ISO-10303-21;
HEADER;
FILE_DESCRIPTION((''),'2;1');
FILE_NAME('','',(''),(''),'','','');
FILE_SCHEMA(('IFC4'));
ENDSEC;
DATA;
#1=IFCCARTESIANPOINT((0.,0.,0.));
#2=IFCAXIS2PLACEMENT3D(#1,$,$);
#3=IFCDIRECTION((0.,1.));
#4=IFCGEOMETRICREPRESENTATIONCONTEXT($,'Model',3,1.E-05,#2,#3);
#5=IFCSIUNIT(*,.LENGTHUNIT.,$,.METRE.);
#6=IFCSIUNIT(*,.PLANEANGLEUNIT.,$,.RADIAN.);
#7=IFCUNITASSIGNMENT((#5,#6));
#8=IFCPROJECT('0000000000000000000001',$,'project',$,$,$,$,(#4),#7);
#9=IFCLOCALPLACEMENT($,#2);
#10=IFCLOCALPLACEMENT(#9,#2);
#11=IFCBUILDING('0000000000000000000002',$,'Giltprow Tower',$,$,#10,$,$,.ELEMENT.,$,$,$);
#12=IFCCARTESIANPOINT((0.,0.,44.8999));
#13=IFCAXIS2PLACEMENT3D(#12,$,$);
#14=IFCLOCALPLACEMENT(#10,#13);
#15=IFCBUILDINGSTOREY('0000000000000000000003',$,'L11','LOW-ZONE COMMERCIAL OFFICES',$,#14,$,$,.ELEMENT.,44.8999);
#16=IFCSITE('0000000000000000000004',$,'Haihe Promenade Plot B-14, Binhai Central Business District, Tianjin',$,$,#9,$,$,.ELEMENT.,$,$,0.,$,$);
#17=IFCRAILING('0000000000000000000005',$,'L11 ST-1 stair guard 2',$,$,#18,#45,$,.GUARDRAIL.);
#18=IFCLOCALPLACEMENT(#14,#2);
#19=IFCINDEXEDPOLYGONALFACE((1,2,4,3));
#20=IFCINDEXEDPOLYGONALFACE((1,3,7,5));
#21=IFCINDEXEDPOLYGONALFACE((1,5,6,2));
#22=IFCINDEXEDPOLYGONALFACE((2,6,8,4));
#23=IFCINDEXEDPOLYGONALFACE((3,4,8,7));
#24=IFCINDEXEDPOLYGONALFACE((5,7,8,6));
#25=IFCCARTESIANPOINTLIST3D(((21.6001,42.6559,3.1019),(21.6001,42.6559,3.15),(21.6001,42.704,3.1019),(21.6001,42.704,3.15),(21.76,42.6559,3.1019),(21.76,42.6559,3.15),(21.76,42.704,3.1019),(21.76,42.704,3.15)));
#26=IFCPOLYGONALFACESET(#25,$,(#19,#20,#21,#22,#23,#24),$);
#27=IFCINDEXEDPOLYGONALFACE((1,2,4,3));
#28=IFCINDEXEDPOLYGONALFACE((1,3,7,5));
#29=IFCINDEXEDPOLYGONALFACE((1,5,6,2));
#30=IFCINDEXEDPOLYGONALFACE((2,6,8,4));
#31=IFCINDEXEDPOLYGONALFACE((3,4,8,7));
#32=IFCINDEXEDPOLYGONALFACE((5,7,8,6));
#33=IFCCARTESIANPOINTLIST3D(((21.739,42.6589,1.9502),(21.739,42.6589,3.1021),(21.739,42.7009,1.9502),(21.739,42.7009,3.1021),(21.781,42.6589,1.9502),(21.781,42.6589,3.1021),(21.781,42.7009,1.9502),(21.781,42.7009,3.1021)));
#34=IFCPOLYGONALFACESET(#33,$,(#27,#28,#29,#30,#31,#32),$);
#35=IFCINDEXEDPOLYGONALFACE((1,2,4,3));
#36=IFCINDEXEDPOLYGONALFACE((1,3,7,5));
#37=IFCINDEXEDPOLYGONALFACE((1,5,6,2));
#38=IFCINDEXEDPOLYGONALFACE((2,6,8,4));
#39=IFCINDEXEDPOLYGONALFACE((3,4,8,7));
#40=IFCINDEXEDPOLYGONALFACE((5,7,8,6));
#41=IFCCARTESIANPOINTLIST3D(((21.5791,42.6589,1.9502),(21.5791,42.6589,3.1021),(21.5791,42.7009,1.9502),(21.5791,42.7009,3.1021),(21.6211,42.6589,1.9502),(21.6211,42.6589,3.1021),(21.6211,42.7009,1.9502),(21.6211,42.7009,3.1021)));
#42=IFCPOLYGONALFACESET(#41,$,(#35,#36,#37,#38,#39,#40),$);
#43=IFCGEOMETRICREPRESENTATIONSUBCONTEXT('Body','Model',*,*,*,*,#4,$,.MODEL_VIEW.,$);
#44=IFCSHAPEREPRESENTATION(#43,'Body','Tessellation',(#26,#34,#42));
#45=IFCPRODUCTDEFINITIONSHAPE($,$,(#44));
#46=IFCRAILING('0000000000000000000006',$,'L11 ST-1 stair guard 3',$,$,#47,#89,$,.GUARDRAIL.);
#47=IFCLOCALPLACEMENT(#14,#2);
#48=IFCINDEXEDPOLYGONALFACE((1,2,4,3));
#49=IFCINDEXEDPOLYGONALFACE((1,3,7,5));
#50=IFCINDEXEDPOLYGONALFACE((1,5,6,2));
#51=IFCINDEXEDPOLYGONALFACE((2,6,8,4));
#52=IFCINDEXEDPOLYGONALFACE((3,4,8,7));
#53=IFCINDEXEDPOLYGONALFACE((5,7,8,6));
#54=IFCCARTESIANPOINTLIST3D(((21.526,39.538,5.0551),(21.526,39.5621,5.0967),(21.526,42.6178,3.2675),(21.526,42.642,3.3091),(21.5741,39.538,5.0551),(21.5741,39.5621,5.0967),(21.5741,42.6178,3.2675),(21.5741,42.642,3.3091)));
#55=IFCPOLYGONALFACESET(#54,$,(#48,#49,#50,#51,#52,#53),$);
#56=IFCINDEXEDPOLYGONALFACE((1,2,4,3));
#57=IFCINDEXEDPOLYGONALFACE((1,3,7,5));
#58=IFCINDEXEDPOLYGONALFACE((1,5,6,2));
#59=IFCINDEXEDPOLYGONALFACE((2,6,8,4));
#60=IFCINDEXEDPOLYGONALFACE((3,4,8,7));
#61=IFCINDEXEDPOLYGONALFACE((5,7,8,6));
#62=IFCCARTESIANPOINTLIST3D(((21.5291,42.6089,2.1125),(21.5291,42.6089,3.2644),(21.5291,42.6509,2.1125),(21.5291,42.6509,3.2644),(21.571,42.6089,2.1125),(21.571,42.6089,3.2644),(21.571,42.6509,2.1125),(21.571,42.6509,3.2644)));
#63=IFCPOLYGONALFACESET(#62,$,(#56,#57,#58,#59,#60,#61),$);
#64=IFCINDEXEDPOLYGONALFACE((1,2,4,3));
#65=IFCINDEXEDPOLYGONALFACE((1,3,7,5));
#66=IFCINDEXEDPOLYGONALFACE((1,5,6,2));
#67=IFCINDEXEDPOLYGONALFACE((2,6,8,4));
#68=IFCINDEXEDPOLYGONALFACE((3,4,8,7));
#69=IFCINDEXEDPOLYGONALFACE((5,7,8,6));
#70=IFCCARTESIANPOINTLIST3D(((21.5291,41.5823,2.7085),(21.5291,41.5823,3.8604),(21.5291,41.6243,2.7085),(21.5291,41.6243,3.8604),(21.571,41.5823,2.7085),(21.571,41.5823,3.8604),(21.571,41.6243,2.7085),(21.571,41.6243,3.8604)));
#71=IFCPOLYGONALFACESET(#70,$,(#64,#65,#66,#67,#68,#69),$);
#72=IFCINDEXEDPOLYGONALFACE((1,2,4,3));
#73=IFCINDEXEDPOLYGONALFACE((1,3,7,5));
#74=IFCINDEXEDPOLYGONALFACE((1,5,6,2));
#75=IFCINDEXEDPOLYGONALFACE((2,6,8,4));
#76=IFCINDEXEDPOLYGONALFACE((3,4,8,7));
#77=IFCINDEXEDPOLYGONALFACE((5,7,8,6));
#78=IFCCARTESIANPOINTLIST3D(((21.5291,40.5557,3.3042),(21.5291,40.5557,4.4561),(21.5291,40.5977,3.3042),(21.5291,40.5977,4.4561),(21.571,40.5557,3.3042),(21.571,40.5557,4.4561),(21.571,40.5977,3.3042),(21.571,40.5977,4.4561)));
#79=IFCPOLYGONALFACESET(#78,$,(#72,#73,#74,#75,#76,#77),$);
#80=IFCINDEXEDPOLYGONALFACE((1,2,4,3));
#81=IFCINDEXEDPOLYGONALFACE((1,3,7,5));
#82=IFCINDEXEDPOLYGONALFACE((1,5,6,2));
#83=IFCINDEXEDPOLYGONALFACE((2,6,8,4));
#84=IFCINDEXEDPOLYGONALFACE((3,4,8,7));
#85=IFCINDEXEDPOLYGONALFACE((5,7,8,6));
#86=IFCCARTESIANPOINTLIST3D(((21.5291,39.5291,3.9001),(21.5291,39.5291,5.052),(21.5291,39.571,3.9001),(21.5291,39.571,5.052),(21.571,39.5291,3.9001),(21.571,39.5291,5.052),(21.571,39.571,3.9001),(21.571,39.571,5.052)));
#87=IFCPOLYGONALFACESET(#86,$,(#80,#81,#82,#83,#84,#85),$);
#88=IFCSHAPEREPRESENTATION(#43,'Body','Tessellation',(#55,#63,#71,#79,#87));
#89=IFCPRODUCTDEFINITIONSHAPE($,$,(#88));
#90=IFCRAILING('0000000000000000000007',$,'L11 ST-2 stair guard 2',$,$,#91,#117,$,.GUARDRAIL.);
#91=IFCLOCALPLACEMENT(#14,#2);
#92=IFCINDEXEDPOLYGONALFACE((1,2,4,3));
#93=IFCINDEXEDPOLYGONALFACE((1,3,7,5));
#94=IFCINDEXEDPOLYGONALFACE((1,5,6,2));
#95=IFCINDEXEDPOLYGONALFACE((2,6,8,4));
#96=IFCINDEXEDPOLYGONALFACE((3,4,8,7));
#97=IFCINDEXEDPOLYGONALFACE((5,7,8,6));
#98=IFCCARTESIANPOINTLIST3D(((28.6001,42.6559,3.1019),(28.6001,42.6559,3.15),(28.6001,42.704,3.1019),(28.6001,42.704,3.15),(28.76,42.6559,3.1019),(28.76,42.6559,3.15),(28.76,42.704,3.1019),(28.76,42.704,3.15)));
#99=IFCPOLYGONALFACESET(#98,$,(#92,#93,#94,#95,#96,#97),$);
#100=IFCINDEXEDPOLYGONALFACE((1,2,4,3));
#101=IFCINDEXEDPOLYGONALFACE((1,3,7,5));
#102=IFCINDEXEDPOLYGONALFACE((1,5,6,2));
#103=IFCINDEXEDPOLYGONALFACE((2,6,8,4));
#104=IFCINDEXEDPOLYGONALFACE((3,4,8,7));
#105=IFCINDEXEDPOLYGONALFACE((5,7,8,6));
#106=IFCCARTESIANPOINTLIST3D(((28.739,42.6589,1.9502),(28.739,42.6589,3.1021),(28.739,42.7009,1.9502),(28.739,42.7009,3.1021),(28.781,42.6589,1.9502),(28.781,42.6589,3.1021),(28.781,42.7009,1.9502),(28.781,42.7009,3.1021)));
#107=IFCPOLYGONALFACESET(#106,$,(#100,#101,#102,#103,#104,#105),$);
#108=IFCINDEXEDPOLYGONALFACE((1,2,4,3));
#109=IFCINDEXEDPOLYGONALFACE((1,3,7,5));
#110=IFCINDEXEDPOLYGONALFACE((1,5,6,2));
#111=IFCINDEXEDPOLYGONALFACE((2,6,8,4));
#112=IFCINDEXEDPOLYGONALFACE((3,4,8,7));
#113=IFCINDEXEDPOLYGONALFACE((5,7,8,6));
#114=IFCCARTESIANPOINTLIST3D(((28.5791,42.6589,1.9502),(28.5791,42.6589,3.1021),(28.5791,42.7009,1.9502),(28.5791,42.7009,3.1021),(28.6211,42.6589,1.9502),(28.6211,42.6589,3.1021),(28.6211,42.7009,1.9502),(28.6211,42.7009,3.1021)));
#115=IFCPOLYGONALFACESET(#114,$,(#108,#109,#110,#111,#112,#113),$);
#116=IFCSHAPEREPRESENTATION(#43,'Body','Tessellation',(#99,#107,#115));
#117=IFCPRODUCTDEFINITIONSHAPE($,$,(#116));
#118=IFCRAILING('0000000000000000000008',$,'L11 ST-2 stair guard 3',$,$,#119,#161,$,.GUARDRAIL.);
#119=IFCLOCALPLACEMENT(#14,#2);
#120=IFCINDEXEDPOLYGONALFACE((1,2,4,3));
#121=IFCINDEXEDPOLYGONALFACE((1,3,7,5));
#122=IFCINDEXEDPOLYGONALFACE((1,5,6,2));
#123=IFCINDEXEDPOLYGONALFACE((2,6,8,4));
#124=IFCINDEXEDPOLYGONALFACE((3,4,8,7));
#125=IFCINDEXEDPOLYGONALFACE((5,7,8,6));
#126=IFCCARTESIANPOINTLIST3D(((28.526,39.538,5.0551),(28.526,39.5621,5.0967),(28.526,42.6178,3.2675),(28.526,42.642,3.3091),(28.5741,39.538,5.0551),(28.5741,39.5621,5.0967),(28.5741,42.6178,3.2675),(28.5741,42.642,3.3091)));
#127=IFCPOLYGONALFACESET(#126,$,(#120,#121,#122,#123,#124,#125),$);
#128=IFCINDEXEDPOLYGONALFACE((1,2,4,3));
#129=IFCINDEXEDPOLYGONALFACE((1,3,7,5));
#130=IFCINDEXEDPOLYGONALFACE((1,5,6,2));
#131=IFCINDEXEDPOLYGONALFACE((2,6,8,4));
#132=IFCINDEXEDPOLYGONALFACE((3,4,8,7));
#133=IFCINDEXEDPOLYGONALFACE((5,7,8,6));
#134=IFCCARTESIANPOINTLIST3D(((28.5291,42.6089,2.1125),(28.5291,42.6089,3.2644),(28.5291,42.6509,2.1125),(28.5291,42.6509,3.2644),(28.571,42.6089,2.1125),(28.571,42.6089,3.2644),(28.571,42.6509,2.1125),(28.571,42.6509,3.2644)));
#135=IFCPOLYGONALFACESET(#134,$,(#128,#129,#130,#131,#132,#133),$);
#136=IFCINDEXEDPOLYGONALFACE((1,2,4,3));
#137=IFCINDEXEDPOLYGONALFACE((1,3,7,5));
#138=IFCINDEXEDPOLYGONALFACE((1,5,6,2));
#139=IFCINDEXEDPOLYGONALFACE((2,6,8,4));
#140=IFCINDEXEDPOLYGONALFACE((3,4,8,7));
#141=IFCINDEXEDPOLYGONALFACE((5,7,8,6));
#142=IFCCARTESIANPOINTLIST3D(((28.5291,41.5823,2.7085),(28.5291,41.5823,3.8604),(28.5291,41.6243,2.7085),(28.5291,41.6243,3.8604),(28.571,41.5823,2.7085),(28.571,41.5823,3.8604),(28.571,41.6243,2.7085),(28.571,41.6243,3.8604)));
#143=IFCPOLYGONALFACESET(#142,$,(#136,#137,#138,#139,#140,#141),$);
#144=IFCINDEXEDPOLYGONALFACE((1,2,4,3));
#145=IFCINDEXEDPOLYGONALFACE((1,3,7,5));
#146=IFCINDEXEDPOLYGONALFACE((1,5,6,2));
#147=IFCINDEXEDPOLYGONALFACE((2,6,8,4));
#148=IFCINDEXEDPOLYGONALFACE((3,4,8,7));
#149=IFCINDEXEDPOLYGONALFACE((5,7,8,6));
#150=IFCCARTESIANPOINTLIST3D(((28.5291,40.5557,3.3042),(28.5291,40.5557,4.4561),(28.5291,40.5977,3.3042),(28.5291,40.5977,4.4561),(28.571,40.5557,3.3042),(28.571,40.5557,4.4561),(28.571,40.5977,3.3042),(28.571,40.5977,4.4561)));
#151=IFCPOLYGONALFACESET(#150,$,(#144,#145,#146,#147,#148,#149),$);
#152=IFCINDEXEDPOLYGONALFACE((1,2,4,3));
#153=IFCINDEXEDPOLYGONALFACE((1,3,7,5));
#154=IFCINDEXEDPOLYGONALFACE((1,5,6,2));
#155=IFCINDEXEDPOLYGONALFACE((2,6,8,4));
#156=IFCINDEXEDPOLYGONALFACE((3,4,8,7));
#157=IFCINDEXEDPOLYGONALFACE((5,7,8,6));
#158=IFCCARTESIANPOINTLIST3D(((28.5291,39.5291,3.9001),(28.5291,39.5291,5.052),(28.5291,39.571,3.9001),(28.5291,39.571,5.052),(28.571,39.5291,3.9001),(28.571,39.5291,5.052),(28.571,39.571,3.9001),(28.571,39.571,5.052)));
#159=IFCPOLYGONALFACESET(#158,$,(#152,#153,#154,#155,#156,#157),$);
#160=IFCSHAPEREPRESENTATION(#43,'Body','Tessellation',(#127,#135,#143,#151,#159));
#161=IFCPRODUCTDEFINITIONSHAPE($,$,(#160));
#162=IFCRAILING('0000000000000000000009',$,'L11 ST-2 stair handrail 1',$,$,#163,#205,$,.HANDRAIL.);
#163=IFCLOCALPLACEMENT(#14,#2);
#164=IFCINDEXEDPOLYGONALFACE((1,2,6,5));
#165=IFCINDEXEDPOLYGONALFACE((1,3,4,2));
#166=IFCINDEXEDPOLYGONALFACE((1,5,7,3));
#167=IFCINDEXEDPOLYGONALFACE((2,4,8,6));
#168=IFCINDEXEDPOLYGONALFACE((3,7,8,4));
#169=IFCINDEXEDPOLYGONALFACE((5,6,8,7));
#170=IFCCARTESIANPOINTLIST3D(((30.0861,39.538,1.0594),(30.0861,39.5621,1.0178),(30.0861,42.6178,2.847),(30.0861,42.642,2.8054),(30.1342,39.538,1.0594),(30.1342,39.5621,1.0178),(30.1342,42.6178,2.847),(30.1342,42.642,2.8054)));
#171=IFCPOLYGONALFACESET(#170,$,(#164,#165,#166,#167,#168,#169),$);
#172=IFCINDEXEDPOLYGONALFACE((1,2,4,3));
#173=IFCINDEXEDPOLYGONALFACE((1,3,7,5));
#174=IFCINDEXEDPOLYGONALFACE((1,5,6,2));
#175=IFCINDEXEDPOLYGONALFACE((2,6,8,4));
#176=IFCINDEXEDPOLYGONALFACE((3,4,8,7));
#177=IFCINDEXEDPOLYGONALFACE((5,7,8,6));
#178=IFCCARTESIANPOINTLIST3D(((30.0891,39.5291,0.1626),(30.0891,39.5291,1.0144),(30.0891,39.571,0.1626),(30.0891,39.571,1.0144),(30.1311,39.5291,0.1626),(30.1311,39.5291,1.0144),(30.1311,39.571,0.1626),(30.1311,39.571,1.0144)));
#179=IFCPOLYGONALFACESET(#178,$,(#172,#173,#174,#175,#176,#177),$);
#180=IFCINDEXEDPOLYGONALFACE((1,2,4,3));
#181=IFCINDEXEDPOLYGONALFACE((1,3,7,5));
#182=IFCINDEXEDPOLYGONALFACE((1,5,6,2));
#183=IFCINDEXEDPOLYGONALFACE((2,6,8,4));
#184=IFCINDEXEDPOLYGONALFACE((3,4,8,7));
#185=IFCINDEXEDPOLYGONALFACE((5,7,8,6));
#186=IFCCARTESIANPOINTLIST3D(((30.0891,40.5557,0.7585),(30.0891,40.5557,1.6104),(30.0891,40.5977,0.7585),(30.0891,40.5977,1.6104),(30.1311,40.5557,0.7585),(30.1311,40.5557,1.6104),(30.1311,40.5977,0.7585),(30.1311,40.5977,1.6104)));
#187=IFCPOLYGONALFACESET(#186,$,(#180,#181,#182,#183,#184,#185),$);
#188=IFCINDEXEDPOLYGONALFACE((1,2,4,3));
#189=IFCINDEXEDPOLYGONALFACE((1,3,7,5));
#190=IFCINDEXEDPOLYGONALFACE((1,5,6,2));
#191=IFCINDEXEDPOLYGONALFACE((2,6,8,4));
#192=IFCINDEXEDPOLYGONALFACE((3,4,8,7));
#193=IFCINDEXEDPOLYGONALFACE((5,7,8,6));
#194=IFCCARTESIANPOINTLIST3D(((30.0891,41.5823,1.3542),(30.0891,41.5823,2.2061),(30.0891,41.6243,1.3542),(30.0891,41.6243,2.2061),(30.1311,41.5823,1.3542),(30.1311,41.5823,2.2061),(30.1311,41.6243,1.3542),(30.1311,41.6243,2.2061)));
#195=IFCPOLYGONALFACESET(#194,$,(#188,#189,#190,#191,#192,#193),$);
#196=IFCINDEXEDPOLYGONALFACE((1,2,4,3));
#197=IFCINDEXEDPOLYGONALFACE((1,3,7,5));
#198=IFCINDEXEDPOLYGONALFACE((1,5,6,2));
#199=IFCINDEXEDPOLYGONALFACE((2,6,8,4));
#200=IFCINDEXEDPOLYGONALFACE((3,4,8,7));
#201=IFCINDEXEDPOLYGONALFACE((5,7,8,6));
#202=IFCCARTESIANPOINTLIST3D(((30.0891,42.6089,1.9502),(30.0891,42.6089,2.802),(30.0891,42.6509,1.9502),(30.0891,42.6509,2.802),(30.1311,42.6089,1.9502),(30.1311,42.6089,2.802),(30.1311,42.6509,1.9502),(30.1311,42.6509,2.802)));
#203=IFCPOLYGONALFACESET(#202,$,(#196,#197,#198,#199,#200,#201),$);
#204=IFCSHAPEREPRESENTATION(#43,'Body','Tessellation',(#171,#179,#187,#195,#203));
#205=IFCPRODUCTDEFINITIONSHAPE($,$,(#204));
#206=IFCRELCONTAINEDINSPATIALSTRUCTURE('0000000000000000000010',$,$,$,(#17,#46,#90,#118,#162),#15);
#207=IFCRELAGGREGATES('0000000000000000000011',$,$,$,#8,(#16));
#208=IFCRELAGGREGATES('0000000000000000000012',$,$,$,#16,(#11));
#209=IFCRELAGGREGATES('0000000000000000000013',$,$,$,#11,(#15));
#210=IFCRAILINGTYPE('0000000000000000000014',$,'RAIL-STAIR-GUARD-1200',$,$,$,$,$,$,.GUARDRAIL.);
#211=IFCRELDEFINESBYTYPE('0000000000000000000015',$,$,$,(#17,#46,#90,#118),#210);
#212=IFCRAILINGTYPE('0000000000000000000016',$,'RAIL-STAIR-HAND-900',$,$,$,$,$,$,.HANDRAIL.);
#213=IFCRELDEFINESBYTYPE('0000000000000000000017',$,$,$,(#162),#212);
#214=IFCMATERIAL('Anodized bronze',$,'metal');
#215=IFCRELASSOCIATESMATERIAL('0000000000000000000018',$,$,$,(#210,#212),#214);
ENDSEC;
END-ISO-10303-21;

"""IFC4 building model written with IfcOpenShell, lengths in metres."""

from ifc_helpers import new_model, si_unit, direction, frame, origin, origin_2d, place, context, subcontext, project, spatial, rectangle, extrude, material, type_object, element, save


model = new_model("IFC4")

# Units and contexts
model_context = context("Model", 3, precision=1e-05, world=origin(), true_north=direction((0.0, 1.0)))
body_context = subcontext(model_context, "Body", "Model", "MODEL_VIEW")
ifc_project = project(units=[si_unit("LENGTHUNIT", "METRE"), si_unit("PLANEANGLEUNIT", "RADIAN")], contexts=[model_context])

# Site, building, storey
site_placement = place(None, origin())
site = spatial("IfcSite", under=ifc_project, at=site_placement, Name="Haihe Promenade Plot B-14, Binhai Central Business District, Tianjin", CompositionType="ELEMENT", RefElevation=0.0)
building_placement = place(site_placement, origin())
building = spatial("IfcBuilding", under=site, at=building_placement, Name="Giltprow Tower", CompositionType="ELEMENT")
storey_placement = place(building_placement, frame((0.0, 0.0, 44.8999)))
storey = spatial("IfcBuildingStorey", under=building, at=storey_placement, Name="L11", Description="LOW-ZONE COMMERCIAL OFFICES", CompositionType="ELEMENT", Elevation=44.8999)

# Railings
ifc_material_1 = material(Name="Anodized bronze", Category="metal")
railing_type_1 = type_object("IfcRailingType", Name="RAIL-STAIR-GUARD-1200", PredefinedType="GUARDRAIL", material=ifc_material_1)
railing_1_placement = place(storey_placement, frame((21.76, 42.6799, 1.9502)))
element("IfcRailing", 1, at=railing_1_placement, inside=storey, type_object=railing_type_1, Name="L11 ST-1 stair guard 2", PredefinedType="GUARDRAIL", context=body_context, shape_type="SweptSolid", body=[
    extrude(rectangle(XDim=0.0481, YDim=0.0481, at=origin_2d()), frame((0.0, 0.0, 1.1758), z_axis=(-1.0, 0.0, 0.0), x_axis=(0.0, -1.0, 0.0)), (0.0, 0.0, 1.0), 0.1599),
    extrude(rectangle(XDim=0.042, YDim=0.042, at=origin_2d()), origin(), (0.0, 0.0, 1.0), 1.1519),
    extrude(rectangle(XDim=0.042, YDim=0.042, at=origin_2d()), frame((-0.1599, 0.0, 0.0)), (0.0, 0.0, 1.0), 1.1519),
])
railing_2_placement = place(storey_placement, frame((21.55, 42.6299, 2.1125)))
element("IfcRailing", 2, at=railing_2_placement, inside=storey, type_object=railing_type_1, Name="L11 ST-1 stair guard 3", PredefinedType="GUARDRAIL", context=body_context, shape_type="SweptSolid", body=[
    extrude(rectangle(XDim=0.0481, YDim=0.0481, at=origin_2d()), frame((0.0, 0.0, 1.1758), z_axis=(0.0, -0.864873, 0.50199), x_axis=(1.0, 0.0, 0.0)), (0.0, 0.0, 1.0), 3.561),
    extrude(rectangle(XDim=0.042, YDim=0.042, at=origin_2d()), origin(), (0.0, 0.0, 1.0), 1.1519),
    extrude(rectangle(XDim=0.042, YDim=0.042, at=origin_2d()), frame((0.0, -1.0266, 0.5959)), (0.0, 0.0, 1.0), 1.1519),
    extrude(rectangle(XDim=0.042, YDim=0.042, at=origin_2d()), frame((0.0, -2.0532, 1.1917)), (0.0, 0.0, 1.0), 1.1519),
    extrude(rectangle(XDim=0.042, YDim=0.042, at=origin_2d()), frame((0.0, -3.0798, 1.7876)), (0.0, 0.0, 1.0), 1.1519),
])
railing_3_placement = place(storey_placement, frame((28.76, 42.6799, 1.9502)))
element("IfcRailing", 3, at=railing_3_placement, inside=storey, type_object=railing_type_1, Name="L11 ST-2 stair guard 2", PredefinedType="GUARDRAIL", context=body_context, shape_type="SweptSolid", body=[
    extrude(rectangle(XDim=0.0481, YDim=0.0481, at=origin_2d()), frame((0.0, 0.0, 1.1758), z_axis=(-1.0, 0.0, 0.0), x_axis=(0.0, -1.0, 0.0)), (0.0, 0.0, 1.0), 0.1599),
    extrude(rectangle(XDim=0.042, YDim=0.042, at=origin_2d()), origin(), (0.0, 0.0, 1.0), 1.1519),
    extrude(rectangle(XDim=0.042, YDim=0.042, at=origin_2d()), frame((-0.1599, 0.0, 0.0)), (0.0, 0.0, 1.0), 1.1519),
])
railing_4_placement = place(storey_placement, frame((28.55, 42.6299, 2.1125)))
element("IfcRailing", 4, at=railing_4_placement, inside=storey, type_object=railing_type_1, Name="L11 ST-2 stair guard 3", PredefinedType="GUARDRAIL", context=body_context, shape_type="SweptSolid", body=[
    extrude(rectangle(XDim=0.0481, YDim=0.0481, at=origin_2d()), frame((0.0, 0.0, 1.1758), z_axis=(0.0, -0.864873, 0.50199), x_axis=(1.0, 0.0, 0.0)), (0.0, 0.0, 1.0), 3.561),
    extrude(rectangle(XDim=0.042, YDim=0.042, at=origin_2d()), origin(), (0.0, 0.0, 1.0), 1.1519),
    extrude(rectangle(XDim=0.042, YDim=0.042, at=origin_2d()), frame((0.0, -1.0266, 0.5959)), (0.0, 0.0, 1.0), 1.1519),
    extrude(rectangle(XDim=0.042, YDim=0.042, at=origin_2d()), frame((0.0, -2.0532, 1.1917)), (0.0, 0.0, 1.0), 1.1519),
    extrude(rectangle(XDim=0.042, YDim=0.042, at=origin_2d()), frame((0.0, -3.0798, 1.7876)), (0.0, 0.0, 1.0), 1.1519),
])
railing_type_2 = type_object("IfcRailingType", Name="RAIL-STAIR-HAND-900", PredefinedType="HANDRAIL", material=ifc_material_1)
railing_5_placement = place(storey_placement, frame((30.1101, 39.55, 0.1626)))
element("IfcRailing", 5, at=railing_5_placement, inside=storey, type_object=railing_type_2, Name="L11 ST-2 stair handrail 1", PredefinedType="HANDRAIL", context=body_context, shape_type="SweptSolid", body=[
    extrude(rectangle(XDim=0.0481, YDim=0.0481, at=origin_2d()), frame((0.0, 0.0, 0.876), z_axis=(0.0, 0.864873, 0.50199), x_axis=(-1.0, 0.0, 0.0)), (0.0, 0.0, 1.0), 3.561),
    extrude(rectangle(XDim=0.042, YDim=0.042, at=origin_2d()), origin(), (0.0, 0.0, 1.0), 0.8518),
    extrude(rectangle(XDim=0.042, YDim=0.042, at=origin_2d()), frame((0.0, 1.0266, 0.5959)), (0.0, 0.0, 1.0), 0.8518),
    extrude(rectangle(XDim=0.042, YDim=0.042, at=origin_2d()), frame((0.0, 2.0532, 1.1917)), (0.0, 0.0, 1.0), 0.8518),
    extrude(rectangle(XDim=0.042, YDim=0.042, at=origin_2d()), frame((0.0, 3.0798, 1.7876)), (0.0, 0.0, 1.0), 0.8518),
])

save(model, "model.ifc")
